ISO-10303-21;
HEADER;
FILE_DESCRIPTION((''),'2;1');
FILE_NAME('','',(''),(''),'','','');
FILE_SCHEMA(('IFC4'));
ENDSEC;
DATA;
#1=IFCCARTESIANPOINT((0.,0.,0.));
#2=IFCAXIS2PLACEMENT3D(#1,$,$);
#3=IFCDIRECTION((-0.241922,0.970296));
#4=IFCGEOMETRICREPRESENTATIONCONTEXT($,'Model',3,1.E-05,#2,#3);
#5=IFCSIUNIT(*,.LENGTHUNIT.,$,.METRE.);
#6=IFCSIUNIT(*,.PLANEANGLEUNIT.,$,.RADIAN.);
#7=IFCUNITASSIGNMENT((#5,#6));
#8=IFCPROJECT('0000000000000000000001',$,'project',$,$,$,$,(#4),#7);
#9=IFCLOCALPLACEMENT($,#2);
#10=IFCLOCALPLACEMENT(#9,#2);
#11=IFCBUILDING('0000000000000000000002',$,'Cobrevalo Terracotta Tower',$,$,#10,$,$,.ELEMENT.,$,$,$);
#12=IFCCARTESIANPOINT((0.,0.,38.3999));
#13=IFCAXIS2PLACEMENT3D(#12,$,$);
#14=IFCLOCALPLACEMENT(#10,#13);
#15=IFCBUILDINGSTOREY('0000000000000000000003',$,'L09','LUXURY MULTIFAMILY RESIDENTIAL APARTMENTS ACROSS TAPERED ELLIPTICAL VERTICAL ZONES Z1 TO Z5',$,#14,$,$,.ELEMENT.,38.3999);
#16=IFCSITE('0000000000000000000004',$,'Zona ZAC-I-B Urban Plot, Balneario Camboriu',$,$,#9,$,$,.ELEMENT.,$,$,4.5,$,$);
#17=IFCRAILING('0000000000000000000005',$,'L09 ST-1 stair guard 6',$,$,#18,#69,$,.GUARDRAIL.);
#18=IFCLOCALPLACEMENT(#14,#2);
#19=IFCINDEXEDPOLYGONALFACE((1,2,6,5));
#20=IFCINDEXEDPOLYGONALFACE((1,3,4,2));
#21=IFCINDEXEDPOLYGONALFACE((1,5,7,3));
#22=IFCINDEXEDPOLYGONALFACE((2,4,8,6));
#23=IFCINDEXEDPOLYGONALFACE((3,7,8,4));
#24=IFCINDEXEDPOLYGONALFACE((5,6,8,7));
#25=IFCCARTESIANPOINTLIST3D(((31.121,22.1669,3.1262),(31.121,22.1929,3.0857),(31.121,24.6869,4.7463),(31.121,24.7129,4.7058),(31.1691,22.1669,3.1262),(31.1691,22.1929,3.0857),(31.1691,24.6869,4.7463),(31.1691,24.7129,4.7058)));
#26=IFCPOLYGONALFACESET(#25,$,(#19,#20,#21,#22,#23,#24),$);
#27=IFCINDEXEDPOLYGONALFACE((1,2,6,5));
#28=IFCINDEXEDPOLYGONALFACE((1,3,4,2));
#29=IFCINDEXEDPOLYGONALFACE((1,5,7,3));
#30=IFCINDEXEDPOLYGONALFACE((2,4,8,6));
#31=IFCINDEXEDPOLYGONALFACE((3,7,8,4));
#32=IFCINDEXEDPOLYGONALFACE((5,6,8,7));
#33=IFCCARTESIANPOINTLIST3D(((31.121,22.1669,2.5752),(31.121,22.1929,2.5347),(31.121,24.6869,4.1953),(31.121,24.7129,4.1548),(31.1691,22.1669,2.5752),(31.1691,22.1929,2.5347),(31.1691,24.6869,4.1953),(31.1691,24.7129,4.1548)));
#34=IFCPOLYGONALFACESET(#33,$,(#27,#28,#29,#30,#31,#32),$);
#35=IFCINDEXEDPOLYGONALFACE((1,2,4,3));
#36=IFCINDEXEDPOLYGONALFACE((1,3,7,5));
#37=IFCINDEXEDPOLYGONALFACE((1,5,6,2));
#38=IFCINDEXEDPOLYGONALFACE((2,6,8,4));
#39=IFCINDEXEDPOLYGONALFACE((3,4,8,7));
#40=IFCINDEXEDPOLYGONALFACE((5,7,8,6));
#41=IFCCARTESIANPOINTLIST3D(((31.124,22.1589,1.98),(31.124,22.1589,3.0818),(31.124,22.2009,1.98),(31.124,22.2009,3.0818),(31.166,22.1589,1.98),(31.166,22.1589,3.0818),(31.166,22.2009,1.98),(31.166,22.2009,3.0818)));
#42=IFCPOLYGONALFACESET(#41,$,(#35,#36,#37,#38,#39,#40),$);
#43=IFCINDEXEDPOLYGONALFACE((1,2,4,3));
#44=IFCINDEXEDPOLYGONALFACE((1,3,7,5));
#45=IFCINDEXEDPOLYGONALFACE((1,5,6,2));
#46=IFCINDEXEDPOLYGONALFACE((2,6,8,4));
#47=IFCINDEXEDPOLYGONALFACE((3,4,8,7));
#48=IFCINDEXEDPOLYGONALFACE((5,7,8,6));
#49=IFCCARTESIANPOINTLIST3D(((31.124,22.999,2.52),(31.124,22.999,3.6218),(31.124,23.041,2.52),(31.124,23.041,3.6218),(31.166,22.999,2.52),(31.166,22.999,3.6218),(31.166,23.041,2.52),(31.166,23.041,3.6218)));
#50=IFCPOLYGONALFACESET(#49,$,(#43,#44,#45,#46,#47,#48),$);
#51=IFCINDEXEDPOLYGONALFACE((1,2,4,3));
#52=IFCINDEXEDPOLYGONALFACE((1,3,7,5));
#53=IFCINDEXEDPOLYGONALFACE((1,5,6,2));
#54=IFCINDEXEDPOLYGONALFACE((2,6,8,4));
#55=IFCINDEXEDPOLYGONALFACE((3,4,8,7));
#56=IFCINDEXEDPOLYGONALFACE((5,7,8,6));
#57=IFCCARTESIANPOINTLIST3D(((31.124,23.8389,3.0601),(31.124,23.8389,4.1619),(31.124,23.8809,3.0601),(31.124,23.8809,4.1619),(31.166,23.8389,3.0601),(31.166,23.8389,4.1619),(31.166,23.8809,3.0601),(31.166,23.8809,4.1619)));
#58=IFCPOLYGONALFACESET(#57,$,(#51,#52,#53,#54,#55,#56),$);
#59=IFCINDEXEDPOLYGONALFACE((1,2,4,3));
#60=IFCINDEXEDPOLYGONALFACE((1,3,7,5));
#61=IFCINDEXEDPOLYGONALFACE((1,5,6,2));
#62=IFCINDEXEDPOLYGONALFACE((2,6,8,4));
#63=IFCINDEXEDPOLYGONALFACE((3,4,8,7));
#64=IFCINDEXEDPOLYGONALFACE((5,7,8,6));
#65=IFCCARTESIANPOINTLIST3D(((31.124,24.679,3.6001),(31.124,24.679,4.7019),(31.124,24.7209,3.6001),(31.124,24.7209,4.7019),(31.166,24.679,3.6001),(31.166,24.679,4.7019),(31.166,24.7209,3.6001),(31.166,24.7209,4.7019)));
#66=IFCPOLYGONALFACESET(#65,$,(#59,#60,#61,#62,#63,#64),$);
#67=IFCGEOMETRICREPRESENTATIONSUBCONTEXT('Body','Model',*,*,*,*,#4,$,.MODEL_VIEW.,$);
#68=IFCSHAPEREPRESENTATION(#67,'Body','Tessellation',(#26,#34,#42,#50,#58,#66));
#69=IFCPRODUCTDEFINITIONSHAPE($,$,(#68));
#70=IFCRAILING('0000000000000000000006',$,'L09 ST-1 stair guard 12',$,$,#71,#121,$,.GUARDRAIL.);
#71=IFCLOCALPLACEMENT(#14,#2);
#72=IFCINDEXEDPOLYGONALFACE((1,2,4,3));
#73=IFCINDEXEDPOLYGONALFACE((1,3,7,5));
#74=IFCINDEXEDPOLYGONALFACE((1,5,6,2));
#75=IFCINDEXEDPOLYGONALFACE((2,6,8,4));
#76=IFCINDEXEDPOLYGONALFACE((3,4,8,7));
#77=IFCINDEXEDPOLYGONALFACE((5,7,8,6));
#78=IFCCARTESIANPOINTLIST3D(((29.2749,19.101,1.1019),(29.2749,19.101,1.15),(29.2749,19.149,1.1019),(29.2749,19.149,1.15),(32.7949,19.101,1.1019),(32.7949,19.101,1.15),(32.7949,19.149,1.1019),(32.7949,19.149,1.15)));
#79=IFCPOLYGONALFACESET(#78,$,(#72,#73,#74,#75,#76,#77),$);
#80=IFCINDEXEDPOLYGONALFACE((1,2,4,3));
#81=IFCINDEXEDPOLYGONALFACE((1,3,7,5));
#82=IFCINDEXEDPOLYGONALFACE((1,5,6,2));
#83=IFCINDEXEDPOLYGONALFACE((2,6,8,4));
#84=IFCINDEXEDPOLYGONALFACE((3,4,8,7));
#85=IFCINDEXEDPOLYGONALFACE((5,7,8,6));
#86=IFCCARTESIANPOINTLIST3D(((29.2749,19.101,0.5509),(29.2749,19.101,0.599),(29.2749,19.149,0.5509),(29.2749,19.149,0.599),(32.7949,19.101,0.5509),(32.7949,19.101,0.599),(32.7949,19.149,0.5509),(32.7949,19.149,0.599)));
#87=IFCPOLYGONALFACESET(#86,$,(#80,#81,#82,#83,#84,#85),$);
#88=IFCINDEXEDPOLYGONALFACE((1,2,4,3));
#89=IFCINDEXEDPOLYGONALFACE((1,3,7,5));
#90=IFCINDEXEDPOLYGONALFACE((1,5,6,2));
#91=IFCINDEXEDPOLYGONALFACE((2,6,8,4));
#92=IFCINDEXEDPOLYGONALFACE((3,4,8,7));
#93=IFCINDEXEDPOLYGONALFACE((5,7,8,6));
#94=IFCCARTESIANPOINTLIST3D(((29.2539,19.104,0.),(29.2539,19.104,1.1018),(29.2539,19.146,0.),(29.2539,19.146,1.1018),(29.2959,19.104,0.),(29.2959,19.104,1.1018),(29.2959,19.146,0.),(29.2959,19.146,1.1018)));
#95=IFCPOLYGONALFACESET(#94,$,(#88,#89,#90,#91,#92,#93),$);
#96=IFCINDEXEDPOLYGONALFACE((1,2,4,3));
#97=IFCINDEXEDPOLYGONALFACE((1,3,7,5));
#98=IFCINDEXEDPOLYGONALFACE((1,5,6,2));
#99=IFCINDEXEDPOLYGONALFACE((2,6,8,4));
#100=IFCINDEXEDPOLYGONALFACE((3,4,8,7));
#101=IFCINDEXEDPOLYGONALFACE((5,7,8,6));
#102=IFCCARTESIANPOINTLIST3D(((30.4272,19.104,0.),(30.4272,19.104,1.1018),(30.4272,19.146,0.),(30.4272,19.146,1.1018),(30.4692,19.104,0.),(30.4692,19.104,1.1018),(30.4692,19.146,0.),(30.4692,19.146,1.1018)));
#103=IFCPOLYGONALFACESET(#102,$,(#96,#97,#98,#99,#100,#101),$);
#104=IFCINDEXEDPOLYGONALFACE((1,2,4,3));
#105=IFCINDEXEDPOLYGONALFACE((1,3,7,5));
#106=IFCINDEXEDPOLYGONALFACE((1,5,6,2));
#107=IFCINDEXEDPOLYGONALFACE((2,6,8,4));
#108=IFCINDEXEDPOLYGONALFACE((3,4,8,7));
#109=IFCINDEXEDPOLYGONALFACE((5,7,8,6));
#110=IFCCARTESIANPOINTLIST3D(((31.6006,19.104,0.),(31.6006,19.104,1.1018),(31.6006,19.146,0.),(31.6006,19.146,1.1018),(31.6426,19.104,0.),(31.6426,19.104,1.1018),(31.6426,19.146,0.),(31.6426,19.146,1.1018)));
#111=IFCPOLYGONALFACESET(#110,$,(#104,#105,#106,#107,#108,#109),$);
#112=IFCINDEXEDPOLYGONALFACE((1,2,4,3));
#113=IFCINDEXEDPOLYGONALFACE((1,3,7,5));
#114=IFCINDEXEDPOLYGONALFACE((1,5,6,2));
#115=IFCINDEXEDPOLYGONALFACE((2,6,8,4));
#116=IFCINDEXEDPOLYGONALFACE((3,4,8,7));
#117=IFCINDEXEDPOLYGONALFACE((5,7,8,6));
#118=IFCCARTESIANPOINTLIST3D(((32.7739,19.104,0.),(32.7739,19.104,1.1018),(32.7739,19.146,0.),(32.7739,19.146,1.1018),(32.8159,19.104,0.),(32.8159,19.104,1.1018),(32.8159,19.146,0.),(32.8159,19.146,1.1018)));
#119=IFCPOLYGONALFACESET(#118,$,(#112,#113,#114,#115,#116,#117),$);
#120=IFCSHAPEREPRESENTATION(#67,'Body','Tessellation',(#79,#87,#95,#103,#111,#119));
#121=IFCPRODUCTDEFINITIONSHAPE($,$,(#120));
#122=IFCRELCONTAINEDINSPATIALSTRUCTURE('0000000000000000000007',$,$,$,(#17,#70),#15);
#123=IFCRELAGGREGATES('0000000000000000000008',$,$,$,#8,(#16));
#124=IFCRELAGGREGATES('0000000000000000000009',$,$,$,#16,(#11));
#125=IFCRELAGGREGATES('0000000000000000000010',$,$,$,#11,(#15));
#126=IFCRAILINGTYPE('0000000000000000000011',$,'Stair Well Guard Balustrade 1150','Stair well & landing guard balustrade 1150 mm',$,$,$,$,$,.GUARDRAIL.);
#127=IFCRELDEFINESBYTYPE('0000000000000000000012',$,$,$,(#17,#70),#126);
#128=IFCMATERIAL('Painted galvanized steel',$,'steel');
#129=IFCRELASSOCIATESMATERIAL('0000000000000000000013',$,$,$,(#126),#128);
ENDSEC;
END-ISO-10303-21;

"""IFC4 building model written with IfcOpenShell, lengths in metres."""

from ifc_helpers import new_model, si_unit, direction, frame, origin, origin_2d, place, context, subcontext, project, spatial, rectangle, extrude, material, type_object, element, save


model = new_model("IFC4")

# Units and contexts
model_context = context("Model", 3, precision=1e-05, world=origin(), true_north=direction((-0.241922, 0.970296)))
body_context = subcontext(model_context, "Body", "Model", "MODEL_VIEW")
ifc_project = project(units=[si_unit("LENGTHUNIT", "METRE"), si_unit("PLANEANGLEUNIT", "RADIAN")], contexts=[model_context])

# Site, building, storey
site_placement = place(None, origin())
site = spatial("IfcSite", under=ifc_project, at=site_placement, Name="Zona ZAC-I-B Urban Plot, Balneario Camboriu", CompositionType="ELEMENT", RefElevation=4.5)
building_placement = place(site_placement, origin())
building = spatial("IfcBuilding", under=site, at=building_placement, Name="Cobrevalo Terracotta Tower", CompositionType="ELEMENT")
storey_placement = place(building_placement, frame((0.0, 0.0, 38.3999)))
storey = spatial("IfcBuildingStorey", under=building, at=storey_placement, Name="L09", Description="LUXURY MULTIFAMILY RESIDENTIAL APARTMENTS ACROSS TAPERED ELLIPTICAL VERTICAL ZONES Z1 TO Z5", CompositionType="ELEMENT", Elevation=38.3999)

# Railings
ifc_material_1 = material(Name="Painted galvanized steel", Category="steel")
railing_type_1 = type_object("IfcRailingType", Name="Stair Well Guard Balustrade 1150", Description="Stair well & landing guard balustrade 1150 mm", PredefinedType="GUARDRAIL", material=ifc_material_1)
railing_1_placement = place(storey_placement, frame((31.145, 22.1799, 1.98)))
element("IfcRailing", 1, at=railing_1_placement, inside=storey, type_object=railing_type_1, Name="L09 ST-1 stair guard 6", PredefinedType="GUARDRAIL", context=body_context, shape_type="SweptSolid", body=[
    extrude(rectangle(XDim=0.0481, YDim=0.0481, at=origin_2d()), frame((0.0, 0.0, 1.126), z_axis=(0.0, 0.841163, 0.540782), x_axis=(-1.0, 0.0, 0.0)), (0.0, 0.0, 1.0), 2.9958),
    extrude(rectangle(XDim=0.0481, YDim=0.0481, at=origin_2d()), frame((0.0, 0.0, 0.575), z_axis=(0.0, 0.841163, 0.540782), x_axis=(-1.0, 0.0, 0.0)), (0.0, 0.0, 1.0), 2.9958),
    extrude(rectangle(XDim=0.042, YDim=0.042, at=origin_2d()), origin(), (0.0, 0.0, 1.0), 1.1018),
    extrude(rectangle(XDim=0.042, YDim=0.042, at=origin_2d()), frame((0.0, 0.8401, 0.54)), (0.0, 0.0, 1.0), 1.1018),
    extrude(rectangle(XDim=0.042, YDim=0.042, at=origin_2d()), frame((0.0, 1.6799, 1.0801)), (0.0, 0.0, 1.0), 1.1018),
    extrude(rectangle(XDim=0.042, YDim=0.042, at=origin_2d()), frame((0.0, 2.52, 1.6201)), (0.0, 0.0, 1.0), 1.1018),
])
railing_2_placement = place(storey_placement, frame((29.2749, 19.125, 0.0)))
element("IfcRailing", 2, at=railing_2_placement, inside=storey, type_object=railing_type_1, Name="L09 ST-1 stair guard 12", PredefinedType="GUARDRAIL", context=body_context, shape_type="SweptSolid", body=[
    extrude(rectangle(XDim=0.0481, YDim=0.0481, at=origin_2d()), frame((0.0, 0.0, 1.126), z_axis=(1.0, 0.0, 0.0), x_axis=(0.0, 1.0, 0.0)), (0.0, 0.0, 1.0), 3.52),
    extrude(rectangle(XDim=0.0481, YDim=0.0481, at=origin_2d()), frame((0.0, 0.0, 0.575), z_axis=(1.0, 0.0, 0.0), x_axis=(0.0, 1.0, 0.0)), (0.0, 0.0, 1.0), 3.52),
    extrude(rectangle(XDim=0.042, YDim=0.042, at=origin_2d()), origin(), (0.0, 0.0, 1.0), 1.1018),
    extrude(rectangle(XDim=0.042, YDim=0.042, at=origin_2d()), frame((1.1733, 0.0, 0.0)), (0.0, 0.0, 1.0), 1.1018),
    extrude(rectangle(XDim=0.042, YDim=0.042, at=origin_2d()), frame((2.3467, 0.0, 0.0)), (0.0, 0.0, 1.0), 1.1018),
    extrude(rectangle(XDim=0.042, YDim=0.042, at=origin_2d()), frame((3.52, 0.0, 0.0)), (0.0, 0.0, 1.0), 1.1018),
])

save(model, "model.ifc")
